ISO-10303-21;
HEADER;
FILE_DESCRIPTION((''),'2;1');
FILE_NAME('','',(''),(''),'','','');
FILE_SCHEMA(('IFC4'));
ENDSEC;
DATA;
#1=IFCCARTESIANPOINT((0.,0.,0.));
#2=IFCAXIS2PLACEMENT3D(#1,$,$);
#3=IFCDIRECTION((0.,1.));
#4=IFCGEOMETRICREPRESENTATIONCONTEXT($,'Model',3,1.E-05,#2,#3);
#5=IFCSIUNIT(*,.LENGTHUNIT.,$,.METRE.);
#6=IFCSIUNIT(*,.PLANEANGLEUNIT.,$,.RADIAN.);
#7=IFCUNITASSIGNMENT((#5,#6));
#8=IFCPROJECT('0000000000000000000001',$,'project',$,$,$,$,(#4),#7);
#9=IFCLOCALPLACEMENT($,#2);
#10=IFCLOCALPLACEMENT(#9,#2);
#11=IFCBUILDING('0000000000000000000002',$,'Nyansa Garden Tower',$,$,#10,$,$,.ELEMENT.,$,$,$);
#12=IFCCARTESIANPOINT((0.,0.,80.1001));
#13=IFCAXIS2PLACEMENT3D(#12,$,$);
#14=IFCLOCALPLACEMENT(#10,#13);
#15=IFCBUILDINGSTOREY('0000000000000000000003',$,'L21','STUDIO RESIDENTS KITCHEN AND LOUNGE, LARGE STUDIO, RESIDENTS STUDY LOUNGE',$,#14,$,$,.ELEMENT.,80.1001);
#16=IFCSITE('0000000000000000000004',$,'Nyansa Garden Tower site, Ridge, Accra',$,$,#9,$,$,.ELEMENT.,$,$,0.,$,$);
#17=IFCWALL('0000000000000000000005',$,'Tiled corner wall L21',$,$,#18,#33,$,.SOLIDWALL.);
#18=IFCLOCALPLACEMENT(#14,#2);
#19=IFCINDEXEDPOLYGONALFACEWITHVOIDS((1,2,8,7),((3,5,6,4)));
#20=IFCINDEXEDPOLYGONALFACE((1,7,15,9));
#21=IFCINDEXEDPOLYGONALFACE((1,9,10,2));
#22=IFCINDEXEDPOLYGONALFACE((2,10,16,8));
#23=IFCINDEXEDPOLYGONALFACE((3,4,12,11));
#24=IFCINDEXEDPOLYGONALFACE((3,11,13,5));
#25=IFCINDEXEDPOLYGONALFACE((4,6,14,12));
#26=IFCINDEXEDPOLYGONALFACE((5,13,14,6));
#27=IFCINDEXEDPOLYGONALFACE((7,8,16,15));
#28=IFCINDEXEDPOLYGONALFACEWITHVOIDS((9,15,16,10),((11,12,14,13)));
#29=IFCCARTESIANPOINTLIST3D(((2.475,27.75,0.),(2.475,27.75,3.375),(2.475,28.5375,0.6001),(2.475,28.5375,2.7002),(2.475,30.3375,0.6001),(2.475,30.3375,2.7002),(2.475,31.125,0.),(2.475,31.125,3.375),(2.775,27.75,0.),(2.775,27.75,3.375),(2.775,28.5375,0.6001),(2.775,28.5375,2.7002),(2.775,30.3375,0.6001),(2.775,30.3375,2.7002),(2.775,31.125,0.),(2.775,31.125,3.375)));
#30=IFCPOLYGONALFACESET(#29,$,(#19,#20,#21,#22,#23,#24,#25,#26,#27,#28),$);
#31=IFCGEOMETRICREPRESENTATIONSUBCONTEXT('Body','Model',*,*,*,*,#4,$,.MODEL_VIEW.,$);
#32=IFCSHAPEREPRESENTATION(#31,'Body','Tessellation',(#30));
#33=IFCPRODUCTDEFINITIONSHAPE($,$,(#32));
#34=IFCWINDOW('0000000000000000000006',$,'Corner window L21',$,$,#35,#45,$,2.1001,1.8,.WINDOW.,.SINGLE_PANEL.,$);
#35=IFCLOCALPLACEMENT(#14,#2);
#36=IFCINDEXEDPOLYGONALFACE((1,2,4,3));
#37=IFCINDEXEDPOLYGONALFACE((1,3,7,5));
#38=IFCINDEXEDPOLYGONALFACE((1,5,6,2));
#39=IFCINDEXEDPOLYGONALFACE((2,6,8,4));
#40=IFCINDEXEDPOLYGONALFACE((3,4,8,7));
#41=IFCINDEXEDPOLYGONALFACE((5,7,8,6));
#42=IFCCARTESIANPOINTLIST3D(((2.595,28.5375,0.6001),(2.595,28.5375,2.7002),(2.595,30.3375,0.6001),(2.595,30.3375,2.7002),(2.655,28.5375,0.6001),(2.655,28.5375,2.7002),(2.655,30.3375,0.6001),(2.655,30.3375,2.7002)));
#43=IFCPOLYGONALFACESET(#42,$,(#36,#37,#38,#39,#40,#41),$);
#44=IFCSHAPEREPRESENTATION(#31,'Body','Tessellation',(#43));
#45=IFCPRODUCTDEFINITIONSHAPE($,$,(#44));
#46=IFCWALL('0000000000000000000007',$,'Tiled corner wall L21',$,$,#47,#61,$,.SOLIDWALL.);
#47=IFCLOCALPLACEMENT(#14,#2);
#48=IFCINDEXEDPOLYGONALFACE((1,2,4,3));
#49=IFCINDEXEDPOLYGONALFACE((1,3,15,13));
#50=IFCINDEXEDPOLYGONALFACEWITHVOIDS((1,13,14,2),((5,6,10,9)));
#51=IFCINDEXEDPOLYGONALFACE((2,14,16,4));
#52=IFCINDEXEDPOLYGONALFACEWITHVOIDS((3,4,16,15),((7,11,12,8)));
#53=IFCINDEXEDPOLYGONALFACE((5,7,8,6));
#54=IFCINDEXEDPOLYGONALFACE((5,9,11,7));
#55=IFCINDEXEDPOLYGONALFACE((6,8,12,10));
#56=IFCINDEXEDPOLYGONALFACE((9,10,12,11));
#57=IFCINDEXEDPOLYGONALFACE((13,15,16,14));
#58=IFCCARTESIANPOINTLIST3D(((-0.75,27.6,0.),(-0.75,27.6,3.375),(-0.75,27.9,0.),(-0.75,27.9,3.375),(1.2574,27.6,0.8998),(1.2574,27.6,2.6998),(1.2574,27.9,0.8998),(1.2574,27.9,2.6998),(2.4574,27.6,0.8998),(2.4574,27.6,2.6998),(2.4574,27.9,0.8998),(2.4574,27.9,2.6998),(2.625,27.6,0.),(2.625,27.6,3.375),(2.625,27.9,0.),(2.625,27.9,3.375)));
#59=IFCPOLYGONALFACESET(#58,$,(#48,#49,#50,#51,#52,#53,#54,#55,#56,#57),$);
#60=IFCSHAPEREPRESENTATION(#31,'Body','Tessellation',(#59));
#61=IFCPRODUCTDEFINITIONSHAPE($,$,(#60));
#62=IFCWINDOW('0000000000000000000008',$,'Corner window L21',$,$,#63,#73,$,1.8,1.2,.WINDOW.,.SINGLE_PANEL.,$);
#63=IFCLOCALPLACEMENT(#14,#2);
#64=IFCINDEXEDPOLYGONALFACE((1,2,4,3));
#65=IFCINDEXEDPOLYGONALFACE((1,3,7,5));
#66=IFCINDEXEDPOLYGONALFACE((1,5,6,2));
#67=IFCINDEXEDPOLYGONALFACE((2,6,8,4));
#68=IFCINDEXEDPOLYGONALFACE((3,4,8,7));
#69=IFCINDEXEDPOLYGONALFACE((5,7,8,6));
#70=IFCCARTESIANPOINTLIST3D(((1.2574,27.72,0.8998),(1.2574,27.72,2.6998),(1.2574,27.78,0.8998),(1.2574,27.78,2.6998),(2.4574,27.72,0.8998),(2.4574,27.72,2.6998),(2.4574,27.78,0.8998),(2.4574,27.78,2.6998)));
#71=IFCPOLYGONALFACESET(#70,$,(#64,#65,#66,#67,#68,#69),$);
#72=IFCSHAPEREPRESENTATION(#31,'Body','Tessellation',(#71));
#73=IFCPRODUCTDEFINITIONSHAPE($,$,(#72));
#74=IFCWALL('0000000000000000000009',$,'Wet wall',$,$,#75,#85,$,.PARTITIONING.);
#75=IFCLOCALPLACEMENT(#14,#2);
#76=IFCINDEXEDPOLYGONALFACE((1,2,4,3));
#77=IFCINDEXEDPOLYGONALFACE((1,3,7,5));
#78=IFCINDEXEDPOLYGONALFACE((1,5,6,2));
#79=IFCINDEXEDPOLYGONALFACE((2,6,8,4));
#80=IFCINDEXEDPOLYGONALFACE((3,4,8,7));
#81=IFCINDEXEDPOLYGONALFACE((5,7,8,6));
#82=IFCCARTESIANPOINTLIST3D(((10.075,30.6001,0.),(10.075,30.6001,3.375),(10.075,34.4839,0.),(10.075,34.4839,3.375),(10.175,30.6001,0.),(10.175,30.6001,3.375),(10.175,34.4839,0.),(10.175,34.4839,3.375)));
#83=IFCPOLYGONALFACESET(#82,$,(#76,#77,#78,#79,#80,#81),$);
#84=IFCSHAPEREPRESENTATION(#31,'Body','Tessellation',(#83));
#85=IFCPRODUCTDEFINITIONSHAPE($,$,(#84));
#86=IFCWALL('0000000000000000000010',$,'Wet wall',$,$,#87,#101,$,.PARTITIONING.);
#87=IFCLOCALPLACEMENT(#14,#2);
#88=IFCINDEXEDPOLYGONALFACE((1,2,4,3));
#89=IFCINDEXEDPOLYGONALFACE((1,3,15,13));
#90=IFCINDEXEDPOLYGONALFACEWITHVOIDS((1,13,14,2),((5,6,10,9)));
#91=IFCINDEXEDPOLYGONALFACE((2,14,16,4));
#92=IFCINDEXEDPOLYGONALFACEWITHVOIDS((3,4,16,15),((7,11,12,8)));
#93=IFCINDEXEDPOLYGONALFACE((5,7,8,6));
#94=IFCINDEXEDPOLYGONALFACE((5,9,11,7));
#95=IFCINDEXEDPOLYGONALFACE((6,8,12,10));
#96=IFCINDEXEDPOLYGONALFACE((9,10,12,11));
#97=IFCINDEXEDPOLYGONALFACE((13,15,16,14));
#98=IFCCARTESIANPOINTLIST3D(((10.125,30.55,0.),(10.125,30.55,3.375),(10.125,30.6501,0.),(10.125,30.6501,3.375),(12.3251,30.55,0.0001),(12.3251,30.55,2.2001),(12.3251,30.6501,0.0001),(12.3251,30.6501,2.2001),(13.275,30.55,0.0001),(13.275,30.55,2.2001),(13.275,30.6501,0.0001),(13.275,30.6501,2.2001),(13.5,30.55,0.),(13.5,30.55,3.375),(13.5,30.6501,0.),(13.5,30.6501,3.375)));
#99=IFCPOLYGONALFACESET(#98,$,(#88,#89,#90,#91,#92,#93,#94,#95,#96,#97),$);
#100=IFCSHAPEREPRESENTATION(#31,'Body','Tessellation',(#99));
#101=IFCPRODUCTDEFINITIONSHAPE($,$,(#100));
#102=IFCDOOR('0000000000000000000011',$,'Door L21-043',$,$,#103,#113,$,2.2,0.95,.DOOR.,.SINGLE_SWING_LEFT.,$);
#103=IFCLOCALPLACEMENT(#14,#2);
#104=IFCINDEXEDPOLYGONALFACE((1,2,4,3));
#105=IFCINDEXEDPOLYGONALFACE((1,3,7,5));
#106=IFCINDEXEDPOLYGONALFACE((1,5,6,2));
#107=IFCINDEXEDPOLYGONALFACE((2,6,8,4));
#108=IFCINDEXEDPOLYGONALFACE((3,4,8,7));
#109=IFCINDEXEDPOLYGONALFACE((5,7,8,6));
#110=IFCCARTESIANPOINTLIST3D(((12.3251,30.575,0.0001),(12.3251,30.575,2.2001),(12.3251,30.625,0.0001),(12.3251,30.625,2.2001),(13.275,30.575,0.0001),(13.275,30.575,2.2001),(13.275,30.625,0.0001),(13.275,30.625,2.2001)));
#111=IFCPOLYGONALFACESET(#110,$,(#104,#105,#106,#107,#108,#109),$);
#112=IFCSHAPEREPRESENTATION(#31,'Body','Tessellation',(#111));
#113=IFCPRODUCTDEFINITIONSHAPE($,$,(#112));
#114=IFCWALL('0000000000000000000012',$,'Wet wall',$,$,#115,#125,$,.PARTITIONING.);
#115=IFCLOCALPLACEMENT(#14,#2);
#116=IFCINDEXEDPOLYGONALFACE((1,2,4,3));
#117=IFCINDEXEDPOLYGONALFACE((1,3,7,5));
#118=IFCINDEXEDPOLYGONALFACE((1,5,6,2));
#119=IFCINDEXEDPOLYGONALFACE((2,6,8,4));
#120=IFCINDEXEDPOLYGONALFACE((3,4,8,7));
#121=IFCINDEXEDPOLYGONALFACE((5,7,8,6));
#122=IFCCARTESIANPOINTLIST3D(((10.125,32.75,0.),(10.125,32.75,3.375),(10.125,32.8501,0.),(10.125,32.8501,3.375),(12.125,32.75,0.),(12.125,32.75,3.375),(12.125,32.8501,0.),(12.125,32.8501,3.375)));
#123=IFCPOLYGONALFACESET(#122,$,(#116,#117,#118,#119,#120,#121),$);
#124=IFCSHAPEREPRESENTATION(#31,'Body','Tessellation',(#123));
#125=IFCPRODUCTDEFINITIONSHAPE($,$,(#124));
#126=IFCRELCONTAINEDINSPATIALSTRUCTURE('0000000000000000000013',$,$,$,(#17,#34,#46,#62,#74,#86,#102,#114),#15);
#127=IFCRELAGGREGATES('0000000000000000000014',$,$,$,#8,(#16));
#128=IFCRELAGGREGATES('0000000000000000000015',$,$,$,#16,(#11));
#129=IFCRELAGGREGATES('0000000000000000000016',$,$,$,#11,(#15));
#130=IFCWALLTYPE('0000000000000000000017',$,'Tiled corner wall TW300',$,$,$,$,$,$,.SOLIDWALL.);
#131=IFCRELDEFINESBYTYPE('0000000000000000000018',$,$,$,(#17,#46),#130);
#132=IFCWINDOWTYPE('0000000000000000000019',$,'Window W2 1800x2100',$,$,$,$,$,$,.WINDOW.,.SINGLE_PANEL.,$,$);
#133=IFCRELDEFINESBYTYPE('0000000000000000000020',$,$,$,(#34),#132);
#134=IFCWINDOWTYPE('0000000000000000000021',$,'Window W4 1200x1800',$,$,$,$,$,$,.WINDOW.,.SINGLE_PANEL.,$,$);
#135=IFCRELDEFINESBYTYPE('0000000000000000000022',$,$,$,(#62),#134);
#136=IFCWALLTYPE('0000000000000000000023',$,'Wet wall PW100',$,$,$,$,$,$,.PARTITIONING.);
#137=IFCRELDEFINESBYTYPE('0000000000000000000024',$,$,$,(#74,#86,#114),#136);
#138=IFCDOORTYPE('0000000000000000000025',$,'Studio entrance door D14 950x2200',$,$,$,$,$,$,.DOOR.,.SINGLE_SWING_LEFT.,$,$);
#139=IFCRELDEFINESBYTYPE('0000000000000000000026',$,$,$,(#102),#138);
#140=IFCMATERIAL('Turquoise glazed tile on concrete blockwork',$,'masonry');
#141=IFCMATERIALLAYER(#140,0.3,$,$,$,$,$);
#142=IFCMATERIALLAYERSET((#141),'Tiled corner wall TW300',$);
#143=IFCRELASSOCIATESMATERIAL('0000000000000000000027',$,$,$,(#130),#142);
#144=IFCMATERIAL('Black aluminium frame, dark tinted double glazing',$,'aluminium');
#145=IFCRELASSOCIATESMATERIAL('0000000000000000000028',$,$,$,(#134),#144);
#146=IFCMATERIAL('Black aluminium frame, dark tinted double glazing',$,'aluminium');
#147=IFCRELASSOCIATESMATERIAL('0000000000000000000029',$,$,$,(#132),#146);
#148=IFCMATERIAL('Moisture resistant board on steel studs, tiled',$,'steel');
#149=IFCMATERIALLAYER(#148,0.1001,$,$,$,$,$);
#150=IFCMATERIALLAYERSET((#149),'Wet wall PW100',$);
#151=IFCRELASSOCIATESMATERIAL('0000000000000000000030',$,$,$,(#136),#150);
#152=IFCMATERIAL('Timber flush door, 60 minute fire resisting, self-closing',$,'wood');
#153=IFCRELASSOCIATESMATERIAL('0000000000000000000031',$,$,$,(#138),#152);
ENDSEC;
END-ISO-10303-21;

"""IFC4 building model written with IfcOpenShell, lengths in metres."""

from ifc_helpers import new_model, si_unit, direction, frame, frame_2d, origin, place, context, subcontext, project, spatial, rectangle, extrude, material, layer, layer_set, type_object, element, fill, save


model = new_model("IFC4")

# Units and contexts
model_context = context("Model", 3, precision=1e-05, world=origin(), true_north=direction((0.0, 1.0)))
body_context = subcontext(model_context, "Body", "Model", "MODEL_VIEW")
ifc_project = project(units=[si_unit("LENGTHUNIT", "METRE"), si_unit("PLANEANGLEUNIT", "RADIAN")], contexts=[model_context])

# Site, building, storey
site_placement = place(None, origin())
site = spatial("IfcSite", under=ifc_project, at=site_placement, Name="Nyansa Garden Tower site, Ridge, Accra", CompositionType="ELEMENT", RefElevation=0.0)
building_placement = place(site_placement, origin())
building = spatial("IfcBuilding", under=site, at=building_placement, Name="Nyansa Garden Tower", CompositionType="ELEMENT")
storey_placement = place(building_placement, frame((0.0, 0.0, 80.1001)))
storey = spatial("IfcBuildingStorey", under=building, at=storey_placement, Name="L21", Description="STUDIO RESIDENTS KITCHEN AND LOUNGE, LARGE STUDIO, RESIDENTS STUDY LOUNGE", CompositionType="ELEMENT", Elevation=80.1001)

# Walls, openings, windows
ifc_material_1 = material(Name="Turquoise glazed tile on concrete blockwork", Category="masonry")
ifc_layer_1 = layer(ifc_material_1, 0.3)
ifc_layer_set_1 = layer_set([ifc_layer_1], Name="Tiled corner wall TW300")
wall_type_1 = type_object("IfcWallType", Name="Tiled corner wall TW300", PredefinedType="SOLIDWALL", material=ifc_layer_set_1)
ifc_material_2 = material(Name="Black aluminium frame, dark tinted double glazing", Category="aluminium")
window_type_1 = type_object("IfcWindowType", Name="Window W4 1200x1800", PartitioningType="SINGLE_PANEL", PredefinedType="WINDOW", material=ifc_material_2)
ifc_material_3 = material(Name="Black aluminium frame, dark tinted double glazing", Category="aluminium")
window_type_2 = type_object("IfcWindowType", Name="Window W2 1800x2100", PartitioningType="SINGLE_PANEL", PredefinedType="WINDOW", material=ifc_material_3)
wall_1_placement = place(storey_placement, frame((2.625, 31.125, 0.0), z_axis=(0.0, 0.0, 1.0), x_axis=(0.0, -1.0, 0.0)))
wall_1 = element("IfcWall", 1, at=wall_1_placement, inside=storey, type_object=wall_type_1, Name="Tiled corner wall L21", PredefinedType="SOLIDWALL", context=body_context, shape_type="SweptSolid", body=[
    extrude(rectangle(XDim=3.375, YDim=0.3, at=frame_2d((1.6875, 0.0))), origin(), (0.0, 0.0, 1.0), 3.375),
])
opening_1_placement = place(wall_1_placement, frame((0.7876, 0.0, 0.6001)))
opening_1 = element("IfcOpeningElement", 2, at=opening_1_placement, cuts=wall_1, PredefinedType="OPENING", context=body_context, shape_type="SweptSolid", body=[
    extrude(rectangle(XDim=1.8, YDim=2.1001, at=frame_2d((0.8999, 1.05))), frame((0.0, 0.1599, 0.0), z_axis=(0.0, -1.0, 0.0), x_axis=(1.0, 0.0, 0.0)), (0.0, 0.0, 1.0), 0.3201),
])
window_1_placement = place(opening_1_placement, origin())
window_1 = element("IfcWindow", 3, at=window_1_placement, inside=storey, type_object=window_type_2, Name="Corner window L21", OverallHeight=2.1001, OverallWidth=1.8, PartitioningType="SINGLE_PANEL", PredefinedType="WINDOW", context=body_context, shape_type="SweptSolid", body=[
    extrude(rectangle(XDim=1.8, YDim=2.1001, at=frame_2d((0.8999, 1.05))), frame((0.0, 0.03, 0.0), z_axis=(0.0, -1.0, 0.0), x_axis=(1.0, 0.0, 0.0)), (0.0, 0.0, 1.0), 0.0601),
])
fill(opening_1, window_1)
wall_2_placement = place(storey_placement, frame((2.625, 27.75, 0.0), z_axis=(0.0, 0.0, 1.0), x_axis=(-1.0, 0.0, 0.0)))
wall_2 = element("IfcWall", 4, at=wall_2_placement, inside=storey, type_object=wall_type_1, Name="Tiled corner wall L21", PredefinedType="SOLIDWALL", context=body_context, shape_type="SweptSolid", body=[
    extrude(rectangle(XDim=3.375, YDim=0.3, at=frame_2d((1.6875, 0.0))), origin(), (0.0, 0.0, 1.0), 3.375),
])
opening_2_placement = place(wall_2_placement, frame((0.1675, 0.0, 0.8999)))
opening_2 = element("IfcOpeningElement", 5, at=opening_2_placement, cuts=wall_2, PredefinedType="OPENING", context=body_context, shape_type="SweptSolid", body=[
    extrude(rectangle(XDim=1.2, YDim=1.8, at=frame_2d((0.6001, 0.8999))), frame((0.0, 0.1599, 0.0), z_axis=(0.0, -1.0, 0.0), x_axis=(1.0, 0.0, 0.0)), (0.0, 0.0, 1.0), 0.3201),
])
window_2_placement = place(opening_2_placement, origin())
window_2 = element("IfcWindow", 6, at=window_2_placement, inside=storey, type_object=window_type_1, Name="Corner window L21", OverallHeight=1.8, OverallWidth=1.2, PartitioningType="SINGLE_PANEL", PredefinedType="WINDOW", context=body_context, shape_type="SweptSolid", body=[
    extrude(rectangle(XDim=1.2, YDim=1.8, at=frame_2d((0.6001, 0.8999))), frame((0.0, 0.03, 0.0), z_axis=(0.0, -1.0, 0.0), x_axis=(1.0, 0.0, 0.0)), (0.0, 0.0, 1.0), 0.0601),
])
fill(opening_2, window_2)

# Wall
ifc_material_4 = material(Name="Moisture resistant board on steel studs, tiled", Category="steel")
ifc_layer_2 = layer(ifc_material_4, 0.1001)
ifc_layer_set_2 = layer_set([ifc_layer_2], Name="Wet wall PW100")
wall_type_2 = type_object("IfcWallType", Name="Wet wall PW100", PredefinedType="PARTITIONING", material=ifc_layer_set_2)
wall_3_placement = place(storey_placement, frame((10.125, 30.6001, 0.0), z_axis=(0.0, 0.0, 1.0), x_axis=(0.0, 1.0, 0.0)))
element("IfcWall", 7, at=wall_3_placement, inside=storey, type_object=wall_type_2, Name="Wet wall", PredefinedType="PARTITIONING", context=body_context, shape_type="SweptSolid", body=[
    extrude(rectangle(XDim=3.8838, YDim=0.1001, at=frame_2d((1.9419, 0.0))), origin(), (0.0, 0.0, 1.0), 3.375),
])

# Wall, opening, door
wall_4_placement = place(storey_placement, frame((10.125, 30.6001, 0.0), z_axis=(0.0, 0.0, 1.0), x_axis=(1.0, 0.0, 0.0)))
wall_4 = element("IfcWall", 8, at=wall_4_placement, inside=storey, type_object=wall_type_2, Name="Wet wall", PredefinedType="PARTITIONING", context=body_context, shape_type="SweptSolid", body=[
    extrude(rectangle(XDim=3.375, YDim=0.1001, at=frame_2d((1.6875, 0.0))), origin(), (0.0, 0.0, 1.0), 3.375),
])
opening_3_placement = place(wall_4_placement, frame((2.2, 0.0, 0.0)))
opening_3 = element("IfcOpeningElement", 9, at=opening_3_placement, cuts=wall_4, PredefinedType="OPENING", context=body_context, shape_type="SweptSolid", body=[
    extrude(rectangle(XDim=0.95, YDim=2.2, at=frame_2d((0.4751, 1.1001))), frame((0.0, 0.0601, 0.0), z_axis=(0.0, -1.0, 0.0), x_axis=(1.0, 0.0, 0.0)), (0.0, 0.0, 1.0), 0.1201),
])
ifc_material_5 = material(Name="Timber flush door, 60 minute fire resisting, self-closing", Category="wood")
door_type = type_object("IfcDoorType", Name="Studio entrance door D14 950x2200", OperationType="SINGLE_SWING_LEFT", PredefinedType="DOOR", material=ifc_material_5)
door_placement = place(opening_3_placement, origin())
door = element("IfcDoor", 10, at=door_placement, inside=storey, type_object=door_type, Name="Door L21-043", OperationType="SINGLE_SWING_LEFT", OverallHeight=2.2, OverallWidth=0.95, PredefinedType="DOOR", context=body_context, shape_type="SweptSolid", body=[
    extrude(rectangle(XDim=0.95, YDim=2.2, at=frame_2d((0.4751, 1.1001))), frame((0.0, 0.0249, 0.0), z_axis=(0.0, -1.0, 0.0), x_axis=(1.0, 0.0, 0.0)), (0.0, 0.0, 1.0), 0.05),
])
fill(opening_3, door)

# Wall
wall_5_placement = place(storey_placement, frame((10.125, 32.8, 0.0), z_axis=(0.0, 0.0, 1.0), x_axis=(1.0, 0.0, 0.0)))
element("IfcWall", 11, at=wall_5_placement, inside=storey, type_object=wall_type_2, Name="Wet wall", PredefinedType="PARTITIONING", context=body_context, shape_type="SweptSolid", body=[
    extrude(rectangle(XDim=2.0, YDim=0.1001, at=frame_2d((1.0, 0.0))), origin(), (0.0, 0.0, 1.0), 3.375),
])

save(model, "model.ifc")
